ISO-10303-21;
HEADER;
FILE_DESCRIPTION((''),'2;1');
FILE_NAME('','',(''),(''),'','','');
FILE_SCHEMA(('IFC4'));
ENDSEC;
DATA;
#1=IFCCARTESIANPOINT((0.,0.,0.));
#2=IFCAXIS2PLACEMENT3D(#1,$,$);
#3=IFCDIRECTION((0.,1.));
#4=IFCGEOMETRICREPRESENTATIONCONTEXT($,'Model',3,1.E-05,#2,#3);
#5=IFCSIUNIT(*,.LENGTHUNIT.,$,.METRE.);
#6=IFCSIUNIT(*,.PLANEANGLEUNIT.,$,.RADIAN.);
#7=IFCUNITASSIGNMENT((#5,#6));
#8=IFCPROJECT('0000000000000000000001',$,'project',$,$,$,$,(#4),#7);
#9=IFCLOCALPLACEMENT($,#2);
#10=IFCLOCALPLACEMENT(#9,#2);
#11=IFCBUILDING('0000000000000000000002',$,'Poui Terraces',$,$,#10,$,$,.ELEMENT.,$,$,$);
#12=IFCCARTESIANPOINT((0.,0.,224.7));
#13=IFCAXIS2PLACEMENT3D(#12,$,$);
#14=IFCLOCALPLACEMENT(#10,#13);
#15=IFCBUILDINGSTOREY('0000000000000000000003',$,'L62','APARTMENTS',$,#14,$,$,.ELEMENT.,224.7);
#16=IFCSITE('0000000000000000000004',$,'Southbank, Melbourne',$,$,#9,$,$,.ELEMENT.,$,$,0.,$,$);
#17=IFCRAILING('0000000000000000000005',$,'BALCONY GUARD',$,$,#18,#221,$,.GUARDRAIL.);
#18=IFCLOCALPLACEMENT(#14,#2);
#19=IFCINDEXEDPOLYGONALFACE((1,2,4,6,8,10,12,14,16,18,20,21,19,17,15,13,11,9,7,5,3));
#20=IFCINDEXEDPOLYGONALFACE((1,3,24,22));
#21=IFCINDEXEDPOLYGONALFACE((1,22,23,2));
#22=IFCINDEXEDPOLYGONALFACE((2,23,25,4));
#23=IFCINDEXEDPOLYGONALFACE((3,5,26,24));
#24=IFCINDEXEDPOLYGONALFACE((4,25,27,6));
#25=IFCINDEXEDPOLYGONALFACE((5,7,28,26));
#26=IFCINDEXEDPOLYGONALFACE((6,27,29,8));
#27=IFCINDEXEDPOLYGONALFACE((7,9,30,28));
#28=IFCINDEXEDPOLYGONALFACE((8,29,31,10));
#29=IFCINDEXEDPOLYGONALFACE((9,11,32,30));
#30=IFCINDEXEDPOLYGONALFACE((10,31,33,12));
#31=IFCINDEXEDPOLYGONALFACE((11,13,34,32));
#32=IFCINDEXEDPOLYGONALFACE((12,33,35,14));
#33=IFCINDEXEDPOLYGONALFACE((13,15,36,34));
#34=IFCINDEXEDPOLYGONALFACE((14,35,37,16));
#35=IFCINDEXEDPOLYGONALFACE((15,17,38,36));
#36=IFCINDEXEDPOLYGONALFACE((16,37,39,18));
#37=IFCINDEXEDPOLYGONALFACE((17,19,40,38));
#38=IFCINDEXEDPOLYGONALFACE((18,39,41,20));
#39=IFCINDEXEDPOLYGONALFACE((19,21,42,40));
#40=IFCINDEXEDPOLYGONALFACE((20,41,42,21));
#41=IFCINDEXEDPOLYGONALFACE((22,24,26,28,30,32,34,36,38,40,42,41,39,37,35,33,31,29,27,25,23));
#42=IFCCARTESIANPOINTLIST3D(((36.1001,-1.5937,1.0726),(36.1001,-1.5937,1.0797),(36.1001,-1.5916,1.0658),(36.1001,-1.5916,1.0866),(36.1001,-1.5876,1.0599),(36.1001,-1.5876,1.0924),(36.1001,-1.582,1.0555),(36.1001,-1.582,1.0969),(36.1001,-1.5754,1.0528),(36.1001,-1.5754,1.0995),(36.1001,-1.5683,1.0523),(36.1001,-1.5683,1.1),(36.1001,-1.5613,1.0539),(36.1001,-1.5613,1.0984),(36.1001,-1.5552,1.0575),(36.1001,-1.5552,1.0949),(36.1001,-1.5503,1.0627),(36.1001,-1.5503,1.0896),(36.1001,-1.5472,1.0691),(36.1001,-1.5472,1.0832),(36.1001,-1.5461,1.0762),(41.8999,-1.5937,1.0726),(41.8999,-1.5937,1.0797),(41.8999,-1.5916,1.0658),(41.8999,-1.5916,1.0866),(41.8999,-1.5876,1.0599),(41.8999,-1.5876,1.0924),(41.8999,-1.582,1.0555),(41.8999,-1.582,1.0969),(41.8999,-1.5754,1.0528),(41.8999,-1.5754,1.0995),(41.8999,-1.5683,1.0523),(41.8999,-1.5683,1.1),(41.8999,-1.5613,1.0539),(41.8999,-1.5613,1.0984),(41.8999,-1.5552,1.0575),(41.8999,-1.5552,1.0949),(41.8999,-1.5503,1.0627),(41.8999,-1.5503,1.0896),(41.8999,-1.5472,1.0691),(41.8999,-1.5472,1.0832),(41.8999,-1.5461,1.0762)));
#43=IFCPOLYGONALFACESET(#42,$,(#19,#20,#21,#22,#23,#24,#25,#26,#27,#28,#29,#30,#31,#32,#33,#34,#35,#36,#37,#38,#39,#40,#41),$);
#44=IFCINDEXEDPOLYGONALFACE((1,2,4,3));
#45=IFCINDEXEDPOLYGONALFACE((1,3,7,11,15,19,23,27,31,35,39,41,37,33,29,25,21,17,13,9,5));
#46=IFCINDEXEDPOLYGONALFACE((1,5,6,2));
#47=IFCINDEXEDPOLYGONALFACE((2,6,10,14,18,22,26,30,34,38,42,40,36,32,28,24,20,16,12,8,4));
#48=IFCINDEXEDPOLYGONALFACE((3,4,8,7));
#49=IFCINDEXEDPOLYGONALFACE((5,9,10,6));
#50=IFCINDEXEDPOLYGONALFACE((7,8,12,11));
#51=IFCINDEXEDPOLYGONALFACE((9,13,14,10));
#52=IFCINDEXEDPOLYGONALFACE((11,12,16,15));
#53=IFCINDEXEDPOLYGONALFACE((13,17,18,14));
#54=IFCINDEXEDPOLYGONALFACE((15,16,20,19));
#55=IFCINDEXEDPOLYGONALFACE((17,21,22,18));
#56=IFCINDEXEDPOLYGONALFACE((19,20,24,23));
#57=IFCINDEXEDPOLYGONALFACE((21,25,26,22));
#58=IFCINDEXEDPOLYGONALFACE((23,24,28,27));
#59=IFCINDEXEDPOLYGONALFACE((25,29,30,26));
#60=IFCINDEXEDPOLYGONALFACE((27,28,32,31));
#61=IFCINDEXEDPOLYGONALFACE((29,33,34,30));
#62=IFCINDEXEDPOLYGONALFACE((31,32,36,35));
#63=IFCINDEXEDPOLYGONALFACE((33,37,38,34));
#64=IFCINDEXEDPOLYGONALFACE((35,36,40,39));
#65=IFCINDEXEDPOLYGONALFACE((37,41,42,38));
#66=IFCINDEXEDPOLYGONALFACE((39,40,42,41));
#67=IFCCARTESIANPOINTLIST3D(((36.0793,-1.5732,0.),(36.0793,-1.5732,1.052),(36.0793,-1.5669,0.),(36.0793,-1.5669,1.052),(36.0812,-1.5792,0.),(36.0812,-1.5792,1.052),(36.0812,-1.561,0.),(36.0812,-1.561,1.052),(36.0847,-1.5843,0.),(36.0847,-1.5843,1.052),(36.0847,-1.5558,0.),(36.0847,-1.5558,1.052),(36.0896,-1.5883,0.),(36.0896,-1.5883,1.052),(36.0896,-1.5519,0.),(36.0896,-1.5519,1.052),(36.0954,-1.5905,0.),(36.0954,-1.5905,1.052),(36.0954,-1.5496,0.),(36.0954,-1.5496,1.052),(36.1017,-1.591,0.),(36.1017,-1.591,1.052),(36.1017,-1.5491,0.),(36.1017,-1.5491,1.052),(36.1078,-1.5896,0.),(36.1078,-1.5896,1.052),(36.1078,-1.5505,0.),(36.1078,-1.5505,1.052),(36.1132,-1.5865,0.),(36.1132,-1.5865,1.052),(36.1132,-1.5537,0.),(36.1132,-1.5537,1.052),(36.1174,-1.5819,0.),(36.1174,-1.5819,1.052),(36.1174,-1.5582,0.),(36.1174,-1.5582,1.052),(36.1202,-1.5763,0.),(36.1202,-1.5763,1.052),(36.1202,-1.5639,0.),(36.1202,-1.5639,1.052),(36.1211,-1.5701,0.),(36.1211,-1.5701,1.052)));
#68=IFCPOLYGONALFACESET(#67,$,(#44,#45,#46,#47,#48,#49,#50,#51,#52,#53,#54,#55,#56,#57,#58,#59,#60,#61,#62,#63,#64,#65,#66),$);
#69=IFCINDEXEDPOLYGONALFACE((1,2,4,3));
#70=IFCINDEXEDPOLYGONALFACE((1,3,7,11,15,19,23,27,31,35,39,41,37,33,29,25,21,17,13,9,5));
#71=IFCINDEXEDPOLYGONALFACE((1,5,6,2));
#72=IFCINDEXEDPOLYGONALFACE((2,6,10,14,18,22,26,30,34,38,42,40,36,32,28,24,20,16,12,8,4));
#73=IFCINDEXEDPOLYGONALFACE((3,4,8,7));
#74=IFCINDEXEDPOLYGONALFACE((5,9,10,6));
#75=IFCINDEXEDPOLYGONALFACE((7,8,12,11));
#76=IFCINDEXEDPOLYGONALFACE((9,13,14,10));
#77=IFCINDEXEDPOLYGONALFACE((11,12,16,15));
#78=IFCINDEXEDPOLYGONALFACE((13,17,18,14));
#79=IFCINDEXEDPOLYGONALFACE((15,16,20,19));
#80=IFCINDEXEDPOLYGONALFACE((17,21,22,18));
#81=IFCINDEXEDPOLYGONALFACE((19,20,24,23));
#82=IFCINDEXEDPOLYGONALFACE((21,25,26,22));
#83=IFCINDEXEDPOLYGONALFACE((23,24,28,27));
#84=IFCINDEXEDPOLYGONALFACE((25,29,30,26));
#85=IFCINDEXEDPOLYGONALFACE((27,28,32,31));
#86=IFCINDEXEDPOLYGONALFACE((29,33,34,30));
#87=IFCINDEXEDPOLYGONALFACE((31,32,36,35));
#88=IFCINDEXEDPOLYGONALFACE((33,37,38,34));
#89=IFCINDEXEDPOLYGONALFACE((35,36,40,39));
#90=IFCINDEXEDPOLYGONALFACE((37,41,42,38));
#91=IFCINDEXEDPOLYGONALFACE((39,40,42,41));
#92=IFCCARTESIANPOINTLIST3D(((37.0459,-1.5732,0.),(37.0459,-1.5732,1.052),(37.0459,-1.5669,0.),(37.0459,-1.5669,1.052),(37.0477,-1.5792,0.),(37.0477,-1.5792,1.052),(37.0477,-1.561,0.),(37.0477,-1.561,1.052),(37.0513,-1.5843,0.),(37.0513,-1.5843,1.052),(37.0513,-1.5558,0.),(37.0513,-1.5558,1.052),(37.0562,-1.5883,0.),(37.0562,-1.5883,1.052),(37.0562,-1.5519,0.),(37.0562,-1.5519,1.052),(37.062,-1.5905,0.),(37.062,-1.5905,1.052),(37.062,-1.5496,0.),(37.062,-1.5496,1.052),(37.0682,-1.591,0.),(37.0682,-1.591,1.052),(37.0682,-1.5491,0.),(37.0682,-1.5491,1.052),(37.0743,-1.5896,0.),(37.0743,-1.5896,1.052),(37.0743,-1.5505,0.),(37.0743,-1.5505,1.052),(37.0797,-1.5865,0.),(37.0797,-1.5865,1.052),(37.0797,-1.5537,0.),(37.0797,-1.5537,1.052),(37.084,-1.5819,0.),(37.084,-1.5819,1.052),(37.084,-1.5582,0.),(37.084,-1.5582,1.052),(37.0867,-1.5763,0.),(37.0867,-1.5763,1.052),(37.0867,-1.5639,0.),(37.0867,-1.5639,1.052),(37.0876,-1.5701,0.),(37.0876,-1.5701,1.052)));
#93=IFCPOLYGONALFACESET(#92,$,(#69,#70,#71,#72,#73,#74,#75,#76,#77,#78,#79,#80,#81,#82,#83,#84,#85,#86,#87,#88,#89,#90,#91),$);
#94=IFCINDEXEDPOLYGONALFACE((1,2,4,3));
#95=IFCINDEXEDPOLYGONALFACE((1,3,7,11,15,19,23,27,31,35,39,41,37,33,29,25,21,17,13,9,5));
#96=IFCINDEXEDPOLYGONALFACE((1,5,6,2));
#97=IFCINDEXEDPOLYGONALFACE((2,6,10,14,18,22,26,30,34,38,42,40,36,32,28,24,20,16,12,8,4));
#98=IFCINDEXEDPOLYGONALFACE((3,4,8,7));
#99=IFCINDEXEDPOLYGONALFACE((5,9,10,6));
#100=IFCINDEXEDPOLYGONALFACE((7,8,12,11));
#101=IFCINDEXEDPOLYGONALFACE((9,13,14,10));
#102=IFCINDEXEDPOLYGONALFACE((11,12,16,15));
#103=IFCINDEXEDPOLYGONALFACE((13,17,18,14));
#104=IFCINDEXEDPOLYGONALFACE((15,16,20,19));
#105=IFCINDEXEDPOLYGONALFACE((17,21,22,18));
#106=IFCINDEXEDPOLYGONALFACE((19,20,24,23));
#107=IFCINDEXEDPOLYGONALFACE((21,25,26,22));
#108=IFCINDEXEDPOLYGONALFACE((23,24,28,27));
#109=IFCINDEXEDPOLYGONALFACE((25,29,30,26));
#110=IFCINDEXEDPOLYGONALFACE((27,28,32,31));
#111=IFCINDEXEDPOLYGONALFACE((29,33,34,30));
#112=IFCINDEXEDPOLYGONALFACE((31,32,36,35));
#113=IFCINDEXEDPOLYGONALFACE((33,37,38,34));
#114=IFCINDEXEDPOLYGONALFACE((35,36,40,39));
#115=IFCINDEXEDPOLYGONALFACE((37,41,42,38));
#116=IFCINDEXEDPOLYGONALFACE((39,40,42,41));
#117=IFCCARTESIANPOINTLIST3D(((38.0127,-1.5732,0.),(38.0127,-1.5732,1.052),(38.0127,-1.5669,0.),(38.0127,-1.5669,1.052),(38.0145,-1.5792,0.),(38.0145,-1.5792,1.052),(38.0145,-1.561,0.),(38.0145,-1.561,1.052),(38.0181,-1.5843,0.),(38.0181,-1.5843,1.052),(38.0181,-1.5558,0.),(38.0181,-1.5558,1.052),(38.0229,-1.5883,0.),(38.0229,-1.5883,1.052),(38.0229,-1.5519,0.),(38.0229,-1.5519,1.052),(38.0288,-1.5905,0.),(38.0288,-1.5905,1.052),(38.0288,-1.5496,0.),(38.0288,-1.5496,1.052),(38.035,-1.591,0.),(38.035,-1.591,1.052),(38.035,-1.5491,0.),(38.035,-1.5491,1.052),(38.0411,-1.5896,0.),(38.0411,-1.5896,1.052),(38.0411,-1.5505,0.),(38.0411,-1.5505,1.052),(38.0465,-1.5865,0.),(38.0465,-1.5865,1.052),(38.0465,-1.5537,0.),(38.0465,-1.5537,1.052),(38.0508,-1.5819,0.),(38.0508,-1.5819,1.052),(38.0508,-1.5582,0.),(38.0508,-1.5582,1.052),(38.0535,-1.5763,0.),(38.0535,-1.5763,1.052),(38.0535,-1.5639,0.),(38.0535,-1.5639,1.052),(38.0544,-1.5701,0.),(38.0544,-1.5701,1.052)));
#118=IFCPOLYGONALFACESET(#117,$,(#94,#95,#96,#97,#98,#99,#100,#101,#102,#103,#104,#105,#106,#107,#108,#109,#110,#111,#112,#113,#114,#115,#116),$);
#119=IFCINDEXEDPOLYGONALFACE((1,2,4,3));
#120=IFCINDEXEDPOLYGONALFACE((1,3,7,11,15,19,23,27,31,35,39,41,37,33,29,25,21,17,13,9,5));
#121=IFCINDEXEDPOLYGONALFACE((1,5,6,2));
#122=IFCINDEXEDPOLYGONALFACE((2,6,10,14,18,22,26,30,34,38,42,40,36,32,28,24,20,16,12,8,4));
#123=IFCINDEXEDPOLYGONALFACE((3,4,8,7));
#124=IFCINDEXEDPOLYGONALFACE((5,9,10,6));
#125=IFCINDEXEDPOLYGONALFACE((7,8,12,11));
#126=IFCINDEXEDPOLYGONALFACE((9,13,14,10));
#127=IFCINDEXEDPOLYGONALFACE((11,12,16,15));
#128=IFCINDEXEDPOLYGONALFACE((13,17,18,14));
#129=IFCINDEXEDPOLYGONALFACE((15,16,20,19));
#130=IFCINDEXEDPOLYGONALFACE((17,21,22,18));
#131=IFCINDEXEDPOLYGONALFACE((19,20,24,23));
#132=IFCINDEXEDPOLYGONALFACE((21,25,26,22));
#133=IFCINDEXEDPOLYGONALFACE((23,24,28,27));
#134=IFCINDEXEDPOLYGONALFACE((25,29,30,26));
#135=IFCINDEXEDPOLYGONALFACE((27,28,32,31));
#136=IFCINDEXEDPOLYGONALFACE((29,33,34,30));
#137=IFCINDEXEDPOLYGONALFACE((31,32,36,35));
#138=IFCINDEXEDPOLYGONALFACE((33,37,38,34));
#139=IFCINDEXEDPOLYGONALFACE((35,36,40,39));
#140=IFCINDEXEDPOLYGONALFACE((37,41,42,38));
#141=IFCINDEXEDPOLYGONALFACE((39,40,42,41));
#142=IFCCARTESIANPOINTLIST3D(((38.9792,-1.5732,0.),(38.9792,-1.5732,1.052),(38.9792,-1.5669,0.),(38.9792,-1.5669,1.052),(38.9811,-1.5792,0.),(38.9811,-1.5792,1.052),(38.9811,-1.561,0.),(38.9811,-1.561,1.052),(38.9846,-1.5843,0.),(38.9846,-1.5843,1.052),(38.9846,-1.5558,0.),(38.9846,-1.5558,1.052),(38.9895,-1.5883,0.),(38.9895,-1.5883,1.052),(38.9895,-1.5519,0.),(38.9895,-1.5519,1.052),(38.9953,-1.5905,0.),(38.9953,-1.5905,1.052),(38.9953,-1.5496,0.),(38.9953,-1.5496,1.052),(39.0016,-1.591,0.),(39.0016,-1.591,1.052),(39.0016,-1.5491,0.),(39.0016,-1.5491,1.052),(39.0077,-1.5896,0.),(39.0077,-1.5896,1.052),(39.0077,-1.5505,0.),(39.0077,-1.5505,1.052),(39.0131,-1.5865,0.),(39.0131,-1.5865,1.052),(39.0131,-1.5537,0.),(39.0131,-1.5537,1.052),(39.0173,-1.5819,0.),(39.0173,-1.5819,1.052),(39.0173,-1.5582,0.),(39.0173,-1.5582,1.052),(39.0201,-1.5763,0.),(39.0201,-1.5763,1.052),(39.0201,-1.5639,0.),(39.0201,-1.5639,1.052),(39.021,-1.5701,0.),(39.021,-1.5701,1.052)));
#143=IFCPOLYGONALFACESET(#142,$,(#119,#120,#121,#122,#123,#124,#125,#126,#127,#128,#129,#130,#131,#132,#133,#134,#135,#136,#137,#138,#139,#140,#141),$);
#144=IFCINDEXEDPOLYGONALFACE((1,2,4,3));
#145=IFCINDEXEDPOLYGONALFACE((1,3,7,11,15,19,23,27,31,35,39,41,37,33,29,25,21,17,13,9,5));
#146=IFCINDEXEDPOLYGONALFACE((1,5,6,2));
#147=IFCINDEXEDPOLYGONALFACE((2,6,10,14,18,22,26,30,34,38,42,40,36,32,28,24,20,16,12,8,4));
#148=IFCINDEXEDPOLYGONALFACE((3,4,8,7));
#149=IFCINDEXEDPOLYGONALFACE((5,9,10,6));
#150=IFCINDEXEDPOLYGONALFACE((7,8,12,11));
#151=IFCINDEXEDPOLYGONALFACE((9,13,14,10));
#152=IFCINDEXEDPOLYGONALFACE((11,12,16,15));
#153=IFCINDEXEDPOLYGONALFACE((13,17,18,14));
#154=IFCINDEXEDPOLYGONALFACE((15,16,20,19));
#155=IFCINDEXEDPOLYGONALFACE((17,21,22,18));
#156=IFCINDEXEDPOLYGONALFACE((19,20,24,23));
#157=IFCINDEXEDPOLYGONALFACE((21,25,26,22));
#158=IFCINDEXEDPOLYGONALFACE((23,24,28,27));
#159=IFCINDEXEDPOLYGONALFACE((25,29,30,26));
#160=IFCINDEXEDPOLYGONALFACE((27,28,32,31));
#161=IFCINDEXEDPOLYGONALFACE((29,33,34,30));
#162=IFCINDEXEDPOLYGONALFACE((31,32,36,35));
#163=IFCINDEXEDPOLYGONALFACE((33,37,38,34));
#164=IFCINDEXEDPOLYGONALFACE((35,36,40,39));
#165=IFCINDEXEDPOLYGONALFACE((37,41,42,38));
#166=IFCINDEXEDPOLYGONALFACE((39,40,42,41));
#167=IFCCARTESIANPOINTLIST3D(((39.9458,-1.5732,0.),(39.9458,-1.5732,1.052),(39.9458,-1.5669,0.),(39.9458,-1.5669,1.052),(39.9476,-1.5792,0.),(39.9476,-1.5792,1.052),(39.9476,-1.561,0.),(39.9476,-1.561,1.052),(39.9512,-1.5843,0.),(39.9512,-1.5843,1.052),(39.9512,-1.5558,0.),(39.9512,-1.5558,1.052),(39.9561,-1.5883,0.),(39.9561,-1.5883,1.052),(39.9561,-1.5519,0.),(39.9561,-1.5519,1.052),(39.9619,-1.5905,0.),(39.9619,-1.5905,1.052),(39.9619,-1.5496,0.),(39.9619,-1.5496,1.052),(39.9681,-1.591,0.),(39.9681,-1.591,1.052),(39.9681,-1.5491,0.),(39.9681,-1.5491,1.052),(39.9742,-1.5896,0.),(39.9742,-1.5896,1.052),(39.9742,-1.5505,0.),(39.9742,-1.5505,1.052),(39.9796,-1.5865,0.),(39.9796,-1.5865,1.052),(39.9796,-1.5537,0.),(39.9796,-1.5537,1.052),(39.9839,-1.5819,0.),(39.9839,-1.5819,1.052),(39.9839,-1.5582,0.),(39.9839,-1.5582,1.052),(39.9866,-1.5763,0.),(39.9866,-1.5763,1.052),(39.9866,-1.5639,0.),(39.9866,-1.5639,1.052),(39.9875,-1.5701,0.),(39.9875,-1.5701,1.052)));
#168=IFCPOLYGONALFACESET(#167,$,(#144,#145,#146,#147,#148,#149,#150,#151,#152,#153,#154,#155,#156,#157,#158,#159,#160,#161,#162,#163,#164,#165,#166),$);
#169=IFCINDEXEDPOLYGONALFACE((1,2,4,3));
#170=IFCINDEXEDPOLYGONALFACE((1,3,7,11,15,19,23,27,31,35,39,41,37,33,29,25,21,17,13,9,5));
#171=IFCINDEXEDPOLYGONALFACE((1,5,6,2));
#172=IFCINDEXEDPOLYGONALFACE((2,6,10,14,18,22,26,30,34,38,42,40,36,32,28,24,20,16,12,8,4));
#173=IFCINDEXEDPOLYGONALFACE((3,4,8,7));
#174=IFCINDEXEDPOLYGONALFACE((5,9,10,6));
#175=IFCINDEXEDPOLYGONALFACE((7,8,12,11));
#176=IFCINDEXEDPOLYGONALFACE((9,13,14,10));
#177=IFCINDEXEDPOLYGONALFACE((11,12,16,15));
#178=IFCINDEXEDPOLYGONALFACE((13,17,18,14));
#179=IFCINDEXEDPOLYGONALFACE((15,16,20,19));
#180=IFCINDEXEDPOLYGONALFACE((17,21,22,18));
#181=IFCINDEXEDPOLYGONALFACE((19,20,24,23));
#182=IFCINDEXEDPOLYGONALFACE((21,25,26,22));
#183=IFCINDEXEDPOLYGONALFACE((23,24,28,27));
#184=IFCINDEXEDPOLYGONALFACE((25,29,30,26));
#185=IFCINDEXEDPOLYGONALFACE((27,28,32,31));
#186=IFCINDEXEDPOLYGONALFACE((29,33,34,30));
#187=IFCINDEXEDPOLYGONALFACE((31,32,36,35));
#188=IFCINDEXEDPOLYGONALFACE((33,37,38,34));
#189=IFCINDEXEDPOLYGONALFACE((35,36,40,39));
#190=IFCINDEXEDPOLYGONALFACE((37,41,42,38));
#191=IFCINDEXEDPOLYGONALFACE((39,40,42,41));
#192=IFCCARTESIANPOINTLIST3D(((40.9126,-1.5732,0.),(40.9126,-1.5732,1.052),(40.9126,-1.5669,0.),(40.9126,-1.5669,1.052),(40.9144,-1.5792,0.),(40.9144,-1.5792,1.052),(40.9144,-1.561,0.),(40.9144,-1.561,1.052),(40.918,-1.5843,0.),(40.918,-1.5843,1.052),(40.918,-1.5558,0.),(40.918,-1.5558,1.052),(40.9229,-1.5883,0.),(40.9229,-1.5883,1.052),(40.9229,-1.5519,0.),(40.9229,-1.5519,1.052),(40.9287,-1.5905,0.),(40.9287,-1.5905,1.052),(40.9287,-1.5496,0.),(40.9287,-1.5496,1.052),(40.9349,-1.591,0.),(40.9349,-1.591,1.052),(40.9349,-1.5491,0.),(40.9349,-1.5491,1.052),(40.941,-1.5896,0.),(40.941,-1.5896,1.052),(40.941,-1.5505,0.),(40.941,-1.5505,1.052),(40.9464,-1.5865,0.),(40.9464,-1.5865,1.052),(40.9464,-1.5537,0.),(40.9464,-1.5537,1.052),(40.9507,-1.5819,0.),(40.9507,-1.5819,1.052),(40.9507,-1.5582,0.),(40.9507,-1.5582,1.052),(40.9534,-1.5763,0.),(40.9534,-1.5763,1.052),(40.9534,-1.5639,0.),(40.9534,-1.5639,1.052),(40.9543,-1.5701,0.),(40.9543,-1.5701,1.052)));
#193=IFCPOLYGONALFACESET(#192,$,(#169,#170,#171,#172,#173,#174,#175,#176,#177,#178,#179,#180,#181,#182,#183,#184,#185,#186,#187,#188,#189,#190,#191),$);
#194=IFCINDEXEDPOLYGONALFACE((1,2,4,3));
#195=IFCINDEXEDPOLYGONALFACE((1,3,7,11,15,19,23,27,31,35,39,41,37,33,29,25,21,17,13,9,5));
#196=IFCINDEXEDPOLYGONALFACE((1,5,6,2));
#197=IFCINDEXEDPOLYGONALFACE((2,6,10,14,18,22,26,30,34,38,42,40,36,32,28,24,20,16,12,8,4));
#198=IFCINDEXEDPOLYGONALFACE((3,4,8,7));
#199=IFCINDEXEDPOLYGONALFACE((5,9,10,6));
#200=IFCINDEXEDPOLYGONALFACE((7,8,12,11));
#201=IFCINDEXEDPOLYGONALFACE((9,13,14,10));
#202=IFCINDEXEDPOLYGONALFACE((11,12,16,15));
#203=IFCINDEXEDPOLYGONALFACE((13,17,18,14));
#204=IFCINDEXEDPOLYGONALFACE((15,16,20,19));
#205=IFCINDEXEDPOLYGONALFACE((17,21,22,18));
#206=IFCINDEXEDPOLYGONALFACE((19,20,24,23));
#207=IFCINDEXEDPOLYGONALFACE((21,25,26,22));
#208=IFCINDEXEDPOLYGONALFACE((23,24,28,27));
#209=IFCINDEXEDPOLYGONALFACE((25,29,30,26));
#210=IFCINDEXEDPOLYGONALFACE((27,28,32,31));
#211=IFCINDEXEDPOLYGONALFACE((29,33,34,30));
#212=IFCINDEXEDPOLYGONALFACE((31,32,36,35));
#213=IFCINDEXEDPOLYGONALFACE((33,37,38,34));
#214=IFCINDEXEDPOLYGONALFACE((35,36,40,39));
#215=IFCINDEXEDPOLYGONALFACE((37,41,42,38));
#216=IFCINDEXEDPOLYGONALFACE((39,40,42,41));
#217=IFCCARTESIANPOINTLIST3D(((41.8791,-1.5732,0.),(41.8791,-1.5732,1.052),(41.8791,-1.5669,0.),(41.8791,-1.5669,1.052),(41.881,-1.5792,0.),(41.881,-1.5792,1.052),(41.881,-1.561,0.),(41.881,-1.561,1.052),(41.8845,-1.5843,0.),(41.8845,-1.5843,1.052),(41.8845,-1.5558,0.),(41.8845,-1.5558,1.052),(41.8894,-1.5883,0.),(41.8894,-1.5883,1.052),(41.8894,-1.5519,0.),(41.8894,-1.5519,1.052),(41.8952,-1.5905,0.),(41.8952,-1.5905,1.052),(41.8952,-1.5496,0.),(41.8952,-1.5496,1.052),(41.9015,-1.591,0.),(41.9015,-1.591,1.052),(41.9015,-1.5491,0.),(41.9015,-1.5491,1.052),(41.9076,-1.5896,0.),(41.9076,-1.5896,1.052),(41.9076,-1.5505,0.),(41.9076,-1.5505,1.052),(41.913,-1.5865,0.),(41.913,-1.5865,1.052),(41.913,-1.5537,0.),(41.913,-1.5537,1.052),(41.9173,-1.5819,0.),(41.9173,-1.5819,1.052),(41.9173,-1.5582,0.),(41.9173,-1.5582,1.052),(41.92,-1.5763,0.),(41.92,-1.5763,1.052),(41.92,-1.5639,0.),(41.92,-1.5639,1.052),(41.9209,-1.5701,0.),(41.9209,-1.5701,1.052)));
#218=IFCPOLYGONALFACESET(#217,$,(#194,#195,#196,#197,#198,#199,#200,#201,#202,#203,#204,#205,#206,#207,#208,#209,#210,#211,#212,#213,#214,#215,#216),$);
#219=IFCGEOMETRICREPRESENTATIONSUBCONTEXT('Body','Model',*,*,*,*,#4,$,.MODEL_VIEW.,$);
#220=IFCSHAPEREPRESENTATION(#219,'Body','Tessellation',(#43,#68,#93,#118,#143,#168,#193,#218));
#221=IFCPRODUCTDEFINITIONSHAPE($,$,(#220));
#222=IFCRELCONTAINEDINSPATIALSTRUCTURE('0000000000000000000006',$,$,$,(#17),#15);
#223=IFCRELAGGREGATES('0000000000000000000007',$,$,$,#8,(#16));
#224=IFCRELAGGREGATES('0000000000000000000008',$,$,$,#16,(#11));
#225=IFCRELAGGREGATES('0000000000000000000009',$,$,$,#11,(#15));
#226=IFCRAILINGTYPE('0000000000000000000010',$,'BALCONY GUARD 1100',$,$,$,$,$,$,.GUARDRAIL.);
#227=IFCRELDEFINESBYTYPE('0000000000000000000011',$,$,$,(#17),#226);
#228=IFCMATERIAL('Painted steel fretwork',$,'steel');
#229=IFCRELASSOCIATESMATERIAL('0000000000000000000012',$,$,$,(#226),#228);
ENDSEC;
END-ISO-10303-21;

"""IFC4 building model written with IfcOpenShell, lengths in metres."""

from ifc_helpers import new_model, si_unit, direction, frame, origin, origin_2d, place, context, subcontext, project, spatial, circle, extrude, material, type_object, element, save


model = new_model("IFC4")

# Units and contexts
model_context = context("Model", 3, precision=1e-05, world=origin(), true_north=direction((0.0, 1.0)))
body_context = subcontext(model_context, "Body", "Model", "MODEL_VIEW")
ifc_project = project(units=[si_unit("LENGTHUNIT", "METRE"), si_unit("PLANEANGLEUNIT", "RADIAN")], contexts=[model_context])

# Site, building, storey
site_placement = place(None, origin())
site = spatial("IfcSite", under=ifc_project, at=site_placement, Name="Southbank, Melbourne", CompositionType="ELEMENT", RefElevation=0.0)
building_placement = place(site_placement, origin())
building = spatial("IfcBuilding", under=site, at=building_placement, Name="Poui Terraces", CompositionType="ELEMENT")
storey_placement = place(building_placement, frame((0.0, 0.0, 224.7)))
storey = spatial("IfcBuildingStorey", under=building, at=storey_placement, Name="L62", Description="APARTMENTS", CompositionType="ELEMENT", Elevation=224.7)

# Railing
ifc_material_1 = material(Name="Painted steel fretwork", Category="steel")
railing_type = type_object("IfcRailingType", Name="BALCONY GUARD 1100", PredefinedType="GUARDRAIL", material=ifc_material_1)
railing_placement = place(storey_placement, frame((36.1001, -1.5701, 0.0)))
element("IfcRailing", 1, at=railing_placement, inside=storey, type_object=railing_type, Name="BALCONY GUARD", PredefinedType="GUARDRAIL", context=body_context, shape_type="SweptSolid", body=[
    extrude(circle(Radius=0.0239, at=origin_2d()), frame((0.0, 0.0, 1.0762), z_axis=(1.0, 0.0, 0.0), x_axis=(0.0, 1.0, 0.0)), (0.0, 0.0, 1.0), 5.7998),
    extrude(circle(Radius=0.021, at=origin_2d()), origin(), (0.0, 0.0, 1.0), 1.052),
    extrude(circle(Radius=0.021, at=origin_2d()), frame((0.9666, 0.0, 0.0)), (0.0, 0.0, 1.0), 1.052),
    extrude(circle(Radius=0.021, at=origin_2d()), frame((1.9333, 0.0, 0.0)), (0.0, 0.0, 1.0), 1.052),
    extrude(circle(Radius=0.021, at=origin_2d()), frame((2.8999, 0.0, 0.0)), (0.0, 0.0, 1.0), 1.052),
    extrude(circle(Radius=0.021, at=origin_2d()), frame((3.8665, 0.0, 0.0)), (0.0, 0.0, 1.0), 1.052),
    extrude(circle(Radius=0.021, at=origin_2d()), frame((4.8333, 0.0, 0.0)), (0.0, 0.0, 1.0), 1.052),
    extrude(circle(Radius=0.021, at=origin_2d()), frame((5.7998, 0.0, 0.0)), (0.0, 0.0, 1.0), 1.052),
])

save(model, "model.ifc")
